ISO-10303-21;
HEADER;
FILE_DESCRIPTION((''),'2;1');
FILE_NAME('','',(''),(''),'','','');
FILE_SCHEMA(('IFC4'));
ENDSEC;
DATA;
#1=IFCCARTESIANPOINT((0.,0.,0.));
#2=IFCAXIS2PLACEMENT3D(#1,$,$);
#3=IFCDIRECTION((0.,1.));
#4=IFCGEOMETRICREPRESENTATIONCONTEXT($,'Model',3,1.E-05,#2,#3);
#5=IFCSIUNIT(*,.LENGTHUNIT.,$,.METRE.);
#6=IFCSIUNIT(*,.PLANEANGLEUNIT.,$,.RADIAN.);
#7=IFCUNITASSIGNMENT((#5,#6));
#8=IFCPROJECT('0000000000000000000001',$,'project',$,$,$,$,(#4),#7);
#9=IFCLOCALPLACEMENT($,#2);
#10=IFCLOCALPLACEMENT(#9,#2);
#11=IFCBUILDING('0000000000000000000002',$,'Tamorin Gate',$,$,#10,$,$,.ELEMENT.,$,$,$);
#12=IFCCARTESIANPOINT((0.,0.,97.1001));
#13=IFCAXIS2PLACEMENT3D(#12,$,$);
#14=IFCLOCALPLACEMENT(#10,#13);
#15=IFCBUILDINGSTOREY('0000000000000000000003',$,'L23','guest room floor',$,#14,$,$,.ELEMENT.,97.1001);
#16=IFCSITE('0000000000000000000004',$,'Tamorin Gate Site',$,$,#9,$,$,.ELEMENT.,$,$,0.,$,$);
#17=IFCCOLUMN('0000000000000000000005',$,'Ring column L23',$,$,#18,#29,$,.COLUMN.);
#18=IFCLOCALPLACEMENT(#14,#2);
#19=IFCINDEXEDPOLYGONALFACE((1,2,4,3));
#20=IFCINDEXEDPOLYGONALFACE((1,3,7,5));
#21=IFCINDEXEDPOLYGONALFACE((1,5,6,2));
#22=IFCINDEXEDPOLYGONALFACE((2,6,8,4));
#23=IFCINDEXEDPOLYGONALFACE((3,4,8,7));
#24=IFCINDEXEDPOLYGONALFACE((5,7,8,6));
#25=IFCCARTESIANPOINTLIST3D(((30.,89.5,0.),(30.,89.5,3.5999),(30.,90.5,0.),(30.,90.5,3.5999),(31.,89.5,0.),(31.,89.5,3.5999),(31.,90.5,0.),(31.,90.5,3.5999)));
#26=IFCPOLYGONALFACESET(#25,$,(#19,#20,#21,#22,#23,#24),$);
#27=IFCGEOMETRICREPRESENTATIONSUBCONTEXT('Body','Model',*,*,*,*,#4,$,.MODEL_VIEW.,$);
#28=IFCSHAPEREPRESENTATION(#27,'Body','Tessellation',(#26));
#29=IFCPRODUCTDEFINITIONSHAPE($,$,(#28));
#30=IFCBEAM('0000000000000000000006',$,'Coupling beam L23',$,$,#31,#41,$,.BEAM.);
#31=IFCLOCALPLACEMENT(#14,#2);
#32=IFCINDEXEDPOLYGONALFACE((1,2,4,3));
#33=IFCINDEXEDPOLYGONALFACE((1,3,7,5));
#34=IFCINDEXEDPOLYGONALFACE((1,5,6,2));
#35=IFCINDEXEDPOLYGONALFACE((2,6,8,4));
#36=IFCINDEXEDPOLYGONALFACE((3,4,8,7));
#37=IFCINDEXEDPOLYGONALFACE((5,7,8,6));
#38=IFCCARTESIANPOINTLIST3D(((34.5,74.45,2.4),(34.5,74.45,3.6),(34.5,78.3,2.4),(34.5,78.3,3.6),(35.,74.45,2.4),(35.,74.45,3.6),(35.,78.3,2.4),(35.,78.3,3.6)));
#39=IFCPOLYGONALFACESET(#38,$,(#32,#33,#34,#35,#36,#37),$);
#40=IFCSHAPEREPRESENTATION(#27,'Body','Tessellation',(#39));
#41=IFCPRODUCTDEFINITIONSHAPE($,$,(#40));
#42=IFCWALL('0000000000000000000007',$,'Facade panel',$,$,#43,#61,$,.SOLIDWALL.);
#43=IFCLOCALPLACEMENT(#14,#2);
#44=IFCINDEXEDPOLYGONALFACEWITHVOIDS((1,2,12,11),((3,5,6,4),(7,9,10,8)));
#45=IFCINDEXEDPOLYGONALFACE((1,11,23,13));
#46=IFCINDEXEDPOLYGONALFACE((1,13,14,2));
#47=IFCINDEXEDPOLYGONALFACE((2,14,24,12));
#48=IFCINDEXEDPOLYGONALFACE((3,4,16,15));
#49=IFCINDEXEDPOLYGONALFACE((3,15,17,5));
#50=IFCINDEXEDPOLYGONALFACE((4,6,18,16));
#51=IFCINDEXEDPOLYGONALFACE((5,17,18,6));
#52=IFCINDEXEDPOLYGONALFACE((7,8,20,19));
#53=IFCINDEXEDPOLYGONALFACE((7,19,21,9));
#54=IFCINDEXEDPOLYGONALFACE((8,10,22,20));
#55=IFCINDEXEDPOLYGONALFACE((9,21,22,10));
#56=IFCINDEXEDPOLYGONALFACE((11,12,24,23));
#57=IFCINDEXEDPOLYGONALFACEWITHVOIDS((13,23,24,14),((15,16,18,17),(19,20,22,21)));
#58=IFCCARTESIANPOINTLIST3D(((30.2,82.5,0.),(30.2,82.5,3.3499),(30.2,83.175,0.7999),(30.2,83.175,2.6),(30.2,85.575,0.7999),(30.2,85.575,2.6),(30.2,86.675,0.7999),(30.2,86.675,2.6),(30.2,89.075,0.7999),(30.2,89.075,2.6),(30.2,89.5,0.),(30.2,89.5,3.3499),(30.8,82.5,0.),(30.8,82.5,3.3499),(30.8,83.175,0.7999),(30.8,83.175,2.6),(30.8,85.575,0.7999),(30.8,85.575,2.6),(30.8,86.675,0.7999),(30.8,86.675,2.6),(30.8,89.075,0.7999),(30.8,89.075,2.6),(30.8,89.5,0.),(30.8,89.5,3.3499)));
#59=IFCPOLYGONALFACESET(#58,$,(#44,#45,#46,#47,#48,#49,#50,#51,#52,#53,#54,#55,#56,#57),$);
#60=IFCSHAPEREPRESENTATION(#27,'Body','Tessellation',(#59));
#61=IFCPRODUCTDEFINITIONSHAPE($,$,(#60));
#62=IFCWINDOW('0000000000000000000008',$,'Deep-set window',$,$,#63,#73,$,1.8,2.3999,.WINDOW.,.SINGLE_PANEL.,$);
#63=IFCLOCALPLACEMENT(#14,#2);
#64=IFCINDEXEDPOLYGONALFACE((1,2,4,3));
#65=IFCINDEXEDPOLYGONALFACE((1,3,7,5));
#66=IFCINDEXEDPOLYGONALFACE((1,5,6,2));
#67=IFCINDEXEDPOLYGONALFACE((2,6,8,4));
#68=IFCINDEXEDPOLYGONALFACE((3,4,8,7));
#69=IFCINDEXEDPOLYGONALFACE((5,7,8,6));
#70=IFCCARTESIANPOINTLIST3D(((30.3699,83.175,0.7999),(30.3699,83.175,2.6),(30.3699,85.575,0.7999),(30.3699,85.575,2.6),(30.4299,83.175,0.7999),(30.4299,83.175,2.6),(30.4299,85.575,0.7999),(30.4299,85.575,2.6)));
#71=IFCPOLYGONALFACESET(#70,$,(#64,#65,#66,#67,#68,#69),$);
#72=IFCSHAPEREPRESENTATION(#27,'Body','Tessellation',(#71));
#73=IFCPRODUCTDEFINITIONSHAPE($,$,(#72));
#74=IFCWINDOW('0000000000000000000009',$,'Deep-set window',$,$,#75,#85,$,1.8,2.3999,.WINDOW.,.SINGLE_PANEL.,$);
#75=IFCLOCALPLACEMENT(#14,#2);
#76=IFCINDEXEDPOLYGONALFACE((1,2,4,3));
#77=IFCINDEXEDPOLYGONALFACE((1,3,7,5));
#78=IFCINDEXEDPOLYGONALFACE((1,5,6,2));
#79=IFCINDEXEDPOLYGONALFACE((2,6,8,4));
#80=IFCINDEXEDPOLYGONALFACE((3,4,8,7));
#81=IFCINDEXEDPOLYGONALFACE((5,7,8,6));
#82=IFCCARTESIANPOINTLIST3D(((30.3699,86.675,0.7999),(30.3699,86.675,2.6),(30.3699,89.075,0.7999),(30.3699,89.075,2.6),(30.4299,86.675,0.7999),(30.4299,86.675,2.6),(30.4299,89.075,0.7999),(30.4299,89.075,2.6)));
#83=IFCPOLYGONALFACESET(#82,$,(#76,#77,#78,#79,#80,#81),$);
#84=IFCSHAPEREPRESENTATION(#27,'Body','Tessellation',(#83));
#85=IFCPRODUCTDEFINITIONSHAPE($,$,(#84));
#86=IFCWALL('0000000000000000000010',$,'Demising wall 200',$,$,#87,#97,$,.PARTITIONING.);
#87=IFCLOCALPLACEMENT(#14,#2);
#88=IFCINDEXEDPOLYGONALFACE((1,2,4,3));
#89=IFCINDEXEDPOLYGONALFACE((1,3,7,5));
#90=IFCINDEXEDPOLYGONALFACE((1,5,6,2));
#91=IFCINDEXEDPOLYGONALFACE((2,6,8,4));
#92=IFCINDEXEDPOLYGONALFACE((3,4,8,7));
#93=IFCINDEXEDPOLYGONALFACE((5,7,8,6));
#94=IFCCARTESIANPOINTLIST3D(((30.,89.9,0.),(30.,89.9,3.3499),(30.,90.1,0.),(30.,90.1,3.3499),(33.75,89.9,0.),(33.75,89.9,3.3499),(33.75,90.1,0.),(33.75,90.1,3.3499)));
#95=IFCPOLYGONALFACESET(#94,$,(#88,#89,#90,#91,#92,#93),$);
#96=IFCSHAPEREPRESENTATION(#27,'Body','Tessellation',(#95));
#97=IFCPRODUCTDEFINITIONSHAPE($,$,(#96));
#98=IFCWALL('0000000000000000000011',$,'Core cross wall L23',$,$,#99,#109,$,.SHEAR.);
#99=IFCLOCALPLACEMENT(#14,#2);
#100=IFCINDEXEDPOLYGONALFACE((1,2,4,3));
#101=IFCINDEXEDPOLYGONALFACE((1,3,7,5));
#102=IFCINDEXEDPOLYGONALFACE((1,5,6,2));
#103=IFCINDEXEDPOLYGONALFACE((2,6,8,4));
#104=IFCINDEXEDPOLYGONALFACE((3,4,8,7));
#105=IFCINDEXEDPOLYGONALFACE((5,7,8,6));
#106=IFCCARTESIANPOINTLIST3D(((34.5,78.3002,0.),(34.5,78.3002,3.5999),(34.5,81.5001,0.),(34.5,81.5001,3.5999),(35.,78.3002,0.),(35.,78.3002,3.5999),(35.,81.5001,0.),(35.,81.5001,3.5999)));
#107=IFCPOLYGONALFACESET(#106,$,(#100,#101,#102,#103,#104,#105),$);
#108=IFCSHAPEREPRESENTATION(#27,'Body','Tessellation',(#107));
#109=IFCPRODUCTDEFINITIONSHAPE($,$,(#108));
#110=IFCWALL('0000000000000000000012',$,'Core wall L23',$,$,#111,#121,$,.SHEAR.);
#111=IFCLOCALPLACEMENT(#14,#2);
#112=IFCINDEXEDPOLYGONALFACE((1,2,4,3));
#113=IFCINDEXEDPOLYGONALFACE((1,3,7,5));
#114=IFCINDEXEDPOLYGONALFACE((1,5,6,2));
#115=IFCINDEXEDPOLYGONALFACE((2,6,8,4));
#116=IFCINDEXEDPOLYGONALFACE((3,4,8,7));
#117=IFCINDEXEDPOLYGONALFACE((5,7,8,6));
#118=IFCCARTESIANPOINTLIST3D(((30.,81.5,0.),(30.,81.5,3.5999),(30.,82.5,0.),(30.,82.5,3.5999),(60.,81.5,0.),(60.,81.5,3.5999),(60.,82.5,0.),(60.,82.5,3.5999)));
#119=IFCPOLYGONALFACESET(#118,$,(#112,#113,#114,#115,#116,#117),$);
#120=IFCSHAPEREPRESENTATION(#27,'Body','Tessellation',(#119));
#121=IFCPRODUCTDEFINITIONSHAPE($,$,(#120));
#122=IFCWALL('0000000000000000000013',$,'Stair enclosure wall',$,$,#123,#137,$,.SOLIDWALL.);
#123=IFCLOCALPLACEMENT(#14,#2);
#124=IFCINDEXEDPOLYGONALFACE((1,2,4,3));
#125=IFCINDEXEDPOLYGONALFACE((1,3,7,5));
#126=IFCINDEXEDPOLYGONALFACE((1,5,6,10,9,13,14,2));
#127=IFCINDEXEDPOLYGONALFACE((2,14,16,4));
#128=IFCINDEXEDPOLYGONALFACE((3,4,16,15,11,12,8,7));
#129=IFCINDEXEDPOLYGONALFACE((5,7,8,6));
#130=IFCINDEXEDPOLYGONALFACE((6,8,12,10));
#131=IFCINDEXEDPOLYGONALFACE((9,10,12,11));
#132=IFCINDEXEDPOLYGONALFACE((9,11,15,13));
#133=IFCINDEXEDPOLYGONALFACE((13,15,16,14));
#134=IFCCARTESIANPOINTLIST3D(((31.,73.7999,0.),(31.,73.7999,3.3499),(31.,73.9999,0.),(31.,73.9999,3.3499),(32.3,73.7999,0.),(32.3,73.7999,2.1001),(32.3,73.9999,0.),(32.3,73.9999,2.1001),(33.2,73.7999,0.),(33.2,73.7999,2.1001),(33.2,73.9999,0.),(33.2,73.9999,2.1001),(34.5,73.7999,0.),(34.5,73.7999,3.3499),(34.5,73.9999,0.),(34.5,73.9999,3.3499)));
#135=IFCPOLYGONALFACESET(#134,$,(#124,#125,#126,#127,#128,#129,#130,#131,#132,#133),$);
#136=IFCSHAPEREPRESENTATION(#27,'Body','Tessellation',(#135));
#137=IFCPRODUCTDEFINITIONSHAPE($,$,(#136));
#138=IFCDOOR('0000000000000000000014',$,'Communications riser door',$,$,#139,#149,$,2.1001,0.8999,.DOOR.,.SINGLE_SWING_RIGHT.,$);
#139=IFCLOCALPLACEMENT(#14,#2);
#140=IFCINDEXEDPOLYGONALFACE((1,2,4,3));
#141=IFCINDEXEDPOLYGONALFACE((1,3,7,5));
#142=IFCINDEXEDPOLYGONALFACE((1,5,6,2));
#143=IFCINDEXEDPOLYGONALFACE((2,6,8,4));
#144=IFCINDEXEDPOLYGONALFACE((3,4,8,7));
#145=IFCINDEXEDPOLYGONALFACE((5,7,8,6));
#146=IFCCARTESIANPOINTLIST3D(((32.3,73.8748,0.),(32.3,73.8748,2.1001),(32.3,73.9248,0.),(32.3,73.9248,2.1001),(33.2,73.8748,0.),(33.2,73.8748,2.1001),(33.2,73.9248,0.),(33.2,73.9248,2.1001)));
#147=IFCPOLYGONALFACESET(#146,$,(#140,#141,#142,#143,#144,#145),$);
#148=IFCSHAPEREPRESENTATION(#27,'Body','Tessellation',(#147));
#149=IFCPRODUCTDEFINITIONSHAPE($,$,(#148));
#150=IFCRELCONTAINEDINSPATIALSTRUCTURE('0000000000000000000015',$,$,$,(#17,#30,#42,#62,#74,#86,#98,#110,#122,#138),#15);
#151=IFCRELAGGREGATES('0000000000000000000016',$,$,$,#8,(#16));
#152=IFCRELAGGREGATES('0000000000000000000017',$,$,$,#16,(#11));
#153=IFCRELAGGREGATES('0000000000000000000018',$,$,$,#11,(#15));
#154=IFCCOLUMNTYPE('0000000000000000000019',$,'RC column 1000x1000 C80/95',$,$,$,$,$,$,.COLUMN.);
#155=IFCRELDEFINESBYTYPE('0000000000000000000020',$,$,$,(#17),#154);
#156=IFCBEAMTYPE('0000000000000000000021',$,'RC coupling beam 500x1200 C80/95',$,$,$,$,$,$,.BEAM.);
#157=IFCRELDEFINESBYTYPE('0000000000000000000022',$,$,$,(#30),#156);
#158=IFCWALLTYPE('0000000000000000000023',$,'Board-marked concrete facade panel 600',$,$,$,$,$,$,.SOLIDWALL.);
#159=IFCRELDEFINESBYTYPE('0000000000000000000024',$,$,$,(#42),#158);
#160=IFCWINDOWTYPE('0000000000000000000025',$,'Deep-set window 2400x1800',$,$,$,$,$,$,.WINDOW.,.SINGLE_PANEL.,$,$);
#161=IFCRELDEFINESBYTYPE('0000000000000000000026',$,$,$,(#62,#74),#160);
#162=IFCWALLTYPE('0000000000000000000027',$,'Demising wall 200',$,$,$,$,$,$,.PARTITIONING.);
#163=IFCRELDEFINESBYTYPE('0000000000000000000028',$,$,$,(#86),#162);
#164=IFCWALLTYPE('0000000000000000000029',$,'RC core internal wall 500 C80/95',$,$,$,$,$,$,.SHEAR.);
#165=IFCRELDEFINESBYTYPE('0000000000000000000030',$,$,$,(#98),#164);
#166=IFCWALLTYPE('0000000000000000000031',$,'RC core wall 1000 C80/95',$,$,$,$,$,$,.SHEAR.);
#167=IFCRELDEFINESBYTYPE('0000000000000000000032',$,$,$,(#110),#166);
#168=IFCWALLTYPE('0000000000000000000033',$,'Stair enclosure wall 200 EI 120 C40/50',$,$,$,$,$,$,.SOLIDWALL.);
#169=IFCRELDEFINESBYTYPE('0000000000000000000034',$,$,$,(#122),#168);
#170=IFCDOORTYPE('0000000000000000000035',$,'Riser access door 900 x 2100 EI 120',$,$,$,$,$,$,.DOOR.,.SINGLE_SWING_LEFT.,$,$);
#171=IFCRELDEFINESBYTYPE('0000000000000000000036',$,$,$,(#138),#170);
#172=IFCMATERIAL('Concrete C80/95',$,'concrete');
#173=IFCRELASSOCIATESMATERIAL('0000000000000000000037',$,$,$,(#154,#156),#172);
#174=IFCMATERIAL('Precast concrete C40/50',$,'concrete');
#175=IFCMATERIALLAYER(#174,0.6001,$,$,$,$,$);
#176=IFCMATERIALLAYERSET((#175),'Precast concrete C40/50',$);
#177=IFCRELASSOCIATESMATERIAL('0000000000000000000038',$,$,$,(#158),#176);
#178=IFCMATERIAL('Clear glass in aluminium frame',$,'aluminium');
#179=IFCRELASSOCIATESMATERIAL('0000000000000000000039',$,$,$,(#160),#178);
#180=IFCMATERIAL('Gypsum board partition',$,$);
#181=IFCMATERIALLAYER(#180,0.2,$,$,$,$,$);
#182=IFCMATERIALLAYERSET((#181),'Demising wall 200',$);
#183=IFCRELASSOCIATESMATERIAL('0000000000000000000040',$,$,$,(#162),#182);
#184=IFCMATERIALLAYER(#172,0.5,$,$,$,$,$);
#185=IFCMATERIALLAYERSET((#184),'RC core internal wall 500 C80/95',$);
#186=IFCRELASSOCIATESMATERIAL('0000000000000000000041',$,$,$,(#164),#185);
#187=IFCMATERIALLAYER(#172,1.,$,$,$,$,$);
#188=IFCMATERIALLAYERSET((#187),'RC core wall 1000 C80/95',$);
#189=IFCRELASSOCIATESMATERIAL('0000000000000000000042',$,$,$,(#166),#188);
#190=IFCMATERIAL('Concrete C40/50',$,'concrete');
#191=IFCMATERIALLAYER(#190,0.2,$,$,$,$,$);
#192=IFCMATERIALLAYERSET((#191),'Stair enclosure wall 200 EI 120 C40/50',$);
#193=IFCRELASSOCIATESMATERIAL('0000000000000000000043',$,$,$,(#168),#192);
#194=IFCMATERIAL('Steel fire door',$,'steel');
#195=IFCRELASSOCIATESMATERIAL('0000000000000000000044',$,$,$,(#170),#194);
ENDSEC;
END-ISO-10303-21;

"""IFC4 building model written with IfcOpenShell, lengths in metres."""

from ifc_helpers import new_model, si_unit, direction, frame, frame_2d, origin, origin_2d, place, context, subcontext, project, spatial, rectangle, extrude, material, layer, layer_set, material_profile, profile_set, type_object, element, fill, save


model = new_model("IFC4")

# Units and contexts
model_context = context("Model", 3, precision=1e-05, world=origin(), true_north=direction((0.0, 1.0)))
body_context = subcontext(model_context, "Body", "Model", "MODEL_VIEW")
ifc_project = project(units=[si_unit("LENGTHUNIT", "METRE"), si_unit("PLANEANGLEUNIT", "RADIAN")], contexts=[model_context])

# Site, building, storey
site_placement = place(None, origin())
site = spatial("IfcSite", under=ifc_project, at=site_placement, Name="Tamorin Gate Site", CompositionType="ELEMENT", RefElevation=0.0)
building_placement = place(site_placement, origin())
building = spatial("IfcBuilding", under=site, at=building_placement, Name="Tamorin Gate", CompositionType="ELEMENT")
storey_placement = place(building_placement, frame((0.0, 0.0, 97.1001)))
storey = spatial("IfcBuildingStorey", under=building, at=storey_placement, Name="L23", Description="guest room floor", CompositionType="ELEMENT", Elevation=97.1001)

# Column
ifc_material_1 = material(Name="Concrete C80/95", Category="concrete")
ifc_material_profile_1 = material_profile(ifc_material_1, rectangle(XDim=1.0, YDim=1.0, at=origin_2d()), Name="RC 1000x1000")
ifc_profile_set_1 = profile_set([ifc_material_profile_1], Name="Concrete C80/95")
column_type = type_object("IfcColumnType", Name="RC column 1000x1000 C80/95", PredefinedType="COLUMN", material=ifc_profile_set_1)
column_placement = place(storey_placement, frame((30.5, 90.0, 0.0), z_axis=(0.0, 0.0, 1.0), x_axis=(1.0, 0.0, 0.0)))
element("IfcColumn", 1, at=column_placement, inside=storey, type_object=column_type, Name="Ring column L23", PredefinedType="COLUMN", context=body_context, shape_type="SweptSolid", body=[
    extrude(rectangle(XDim=1.0, YDim=1.0, at=origin_2d()), origin(), (0.0, 0.0, 1.0), 3.5999),
])

# Beam
ifc_material_profile_2 = material_profile(ifc_material_1, rectangle(XDim=0.5, YDim=1.2, at=origin_2d()), Name="RC 500x1200")
ifc_profile_set_2 = profile_set([ifc_material_profile_2], Name="Concrete C80/95")
beam_type = type_object("IfcBeamType", Name="RC coupling beam 500x1200 C80/95", PredefinedType="BEAM", material=ifc_profile_set_2)
beam_placement = place(storey_placement, frame((34.75, 74.45, 3.0), z_axis=(0.0, 1.0, 0.0), x_axis=(-1.0, 0.0, 0.0)))
element("IfcBeam", 2, at=beam_placement, inside=storey, type_object=beam_type, Name="Coupling beam L23", PredefinedType="BEAM", context=body_context, shape_type="SweptSolid", body=[
    extrude(rectangle(XDim=0.5, YDim=1.2, at=origin_2d()), origin(), (0.0, 0.0, 1.0), 3.8501),
])

# Wall, openings, windows
ifc_material_2 = material(Name="Precast concrete C40/50", Category="concrete")
ifc_layer_1 = layer(ifc_material_2, 0.6001)
ifc_layer_set_1 = layer_set([ifc_layer_1], Name="Precast concrete C40/50")
wall_type_1 = type_object("IfcWallType", Name="Board-marked concrete facade panel 600", PredefinedType="SOLIDWALL", material=ifc_layer_set_1)
wall_1_placement = place(storey_placement, frame((30.5, 89.5, 0.0), z_axis=(0.0, 0.0, 1.0), x_axis=(0.0, -1.0, 0.0)))
wall_1 = element("IfcWall", 3, at=wall_1_placement, inside=storey, type_object=wall_type_1, Name="Facade panel", PredefinedType="SOLIDWALL", context=body_context, shape_type="SweptSolid", body=[
    extrude(rectangle(XDim=7.0, YDim=0.6001, at=frame_2d((3.5, 0.0))), origin(), (0.0, 0.0, 1.0), 3.3499),
])
opening_1_placement = place(wall_1_placement, frame((3.925, 0.0, 0.8)))
opening_1 = element("IfcOpeningElement", 4, at=opening_1_placement, cuts=wall_1, PredefinedType="OPENING", context=body_context, shape_type="SweptSolid", body=[
    extrude(rectangle(XDim=2.3999, YDim=1.8, at=frame_2d((1.2, 0.8999))), frame((0.0, 0.3101, 0.0), z_axis=(0.0, -1.0, 0.0), x_axis=(1.0, 0.0, 0.0)), (0.0, 0.0, 1.0), 0.6201),
])
opening_2_placement = place(wall_1_placement, frame((0.425, 0.0, 0.8)))
opening_2 = element("IfcOpeningElement", 5, at=opening_2_placement, cuts=wall_1, PredefinedType="OPENING", context=body_context, shape_type="SweptSolid", body=[
    extrude(rectangle(XDim=2.3999, YDim=1.8, at=frame_2d((1.2, 0.8999))), frame((0.0, 0.3101, 0.0), z_axis=(0.0, -1.0, 0.0), x_axis=(1.0, 0.0, 0.0)), (0.0, 0.0, 1.0), 0.6201),
])
ifc_material_3 = material(Name="Clear glass in aluminium frame", Category="aluminium")
window_type = type_object("IfcWindowType", Name="Deep-set window 2400x1800", PartitioningType="SINGLE_PANEL", PredefinedType="WINDOW", material=ifc_material_3)
window_1_placement = place(opening_1_placement, origin())
window_1 = element("IfcWindow", 6, at=window_1_placement, inside=storey, type_object=window_type, Name="Deep-set window", OverallHeight=1.8, OverallWidth=2.3999, PartitioningType="SINGLE_PANEL", PredefinedType="WINDOW", context=body_context, shape_type="SweptSolid", body=[
    extrude(rectangle(XDim=2.3999, YDim=1.8, at=frame_2d((1.2, 0.8999))), frame((0.0, -0.0701, 0.0), z_axis=(0.0, -1.0, 0.0), x_axis=(1.0, 0.0, 0.0)), (0.0, 0.0, 1.0), 0.0601),
])
fill(opening_1, window_1)
window_2_placement = place(opening_2_placement, origin())
window_2 = element("IfcWindow", 7, at=window_2_placement, inside=storey, type_object=window_type, Name="Deep-set window", OverallHeight=1.8, OverallWidth=2.3999, PartitioningType="SINGLE_PANEL", PredefinedType="WINDOW", context=body_context, shape_type="SweptSolid", body=[
    extrude(rectangle(XDim=2.3999, YDim=1.8, at=frame_2d((1.2, 0.8999))), frame((0.0, -0.0701, 0.0), z_axis=(0.0, -1.0, 0.0), x_axis=(1.0, 0.0, 0.0)), (0.0, 0.0, 1.0), 0.0601),
])
fill(opening_2, window_2)

# Walls
ifc_material_4 = material(Name="Gypsum board partition")
ifc_layer_2 = layer(ifc_material_4, 0.2)
ifc_layer_set_2 = layer_set([ifc_layer_2], Name="Demising wall 200")
wall_type_2 = type_object("IfcWallType", Name="Demising wall 200", PredefinedType="PARTITIONING", material=ifc_layer_set_2)
wall_2_placement = place(storey_placement, frame((30.0, 90.0, 0.0), z_axis=(0.0, 0.0, 1.0), x_axis=(1.0, 0.0, 0.0)))
element("IfcWall", 8, at=wall_2_placement, inside=storey, type_object=wall_type_2, Name="Demising wall 200", PredefinedType="PARTITIONING", context=body_context, shape_type="SweptSolid", body=[
    extrude(rectangle(XDim=3.75, YDim=0.2, at=frame_2d((1.875, 0.0))), origin(), (0.0, 0.0, 1.0), 3.3499),
])
ifc_layer_3 = layer(ifc_material_1, 0.5)
ifc_layer_set_3 = layer_set([ifc_layer_3], Name="RC core internal wall 500 C80/95")
wall_type_3 = type_object("IfcWallType", Name="RC core internal wall 500 C80/95", PredefinedType="SHEAR", material=ifc_layer_set_3)
wall_3_placement = place(storey_placement, frame((34.75, 78.3, 0.0), z_axis=(0.0, 0.0, 1.0), x_axis=(0.0, 1.0, 0.0)))
element("IfcWall", 9, at=wall_3_placement, inside=storey, type_object=wall_type_3, Name="Core cross wall L23", PredefinedType="SHEAR", context=body_context, shape_type="SweptSolid", body=[
    extrude(rectangle(XDim=3.2, YDim=0.5, at=frame_2d((1.6001, 0.0))), origin(), (0.0, 0.0, 1.0), 3.5999),
])
ifc_layer_4 = layer(ifc_material_1, 1.0)
ifc_layer_set_4 = layer_set([ifc_layer_4], Name="RC core wall 1000 C80/95")
wall_type_4 = type_object("IfcWallType", Name="RC core wall 1000 C80/95", PredefinedType="SHEAR", material=ifc_layer_set_4)
wall_4_placement = place(storey_placement, frame((30.0, 82.0, 0.0), z_axis=(0.0, 0.0, 1.0), x_axis=(1.0, 0.0, 0.0)))
element("IfcWall", 10, at=wall_4_placement, inside=storey, type_object=wall_type_4, Name="Core wall L23", PredefinedType="SHEAR", context=body_context, shape_type="SweptSolid", body=[
    extrude(rectangle(XDim=30.0, YDim=1.0, at=frame_2d((15.0, 0.0))), origin(), (0.0, 0.0, 1.0), 3.5999),
])

# Wall, opening, door
ifc_material_5 = material(Name="Concrete C40/50", Category="concrete")
ifc_layer_5 = layer(ifc_material_5, 0.2)
ifc_layer_set_5 = layer_set([ifc_layer_5], Name="Stair enclosure wall 200 EI 120 C40/50")
wall_type_5 = type_object("IfcWallType", Name="Stair enclosure wall 200 EI 120 C40/50", PredefinedType="SOLIDWALL", material=ifc_layer_set_5)
wall_5_placement = place(storey_placement, frame((31.0, 73.8999, 0.0), z_axis=(0.0, 0.0, 1.0), x_axis=(1.0, 0.0, 0.0)))
wall_5 = element("IfcWall", 11, at=wall_5_placement, inside=storey, type_object=wall_type_5, Name="Stair enclosure wall", PredefinedType="SOLIDWALL", context=body_context, shape_type="SweptSolid", body=[
    extrude(rectangle(XDim=3.5, YDim=0.2, at=frame_2d((1.75, 0.0))), origin(), (0.0, 0.0, 1.0), 3.3499),
])
opening_3_placement = place(wall_5_placement, frame((1.3, 0.0, 0.0)))
opening_3 = element("IfcOpeningElement", 12, at=opening_3_placement, cuts=wall_5, PredefinedType="OPENING", context=body_context, shape_type="SweptSolid", body=[
    extrude(rectangle(XDim=0.8999, YDim=2.1001, at=frame_2d((0.45, 1.05))), frame((0.0, 0.1099, 0.0), z_axis=(0.0, -1.0, 0.0), x_axis=(1.0, 0.0, 0.0)), (0.0, 0.0, 1.0), 0.22),
])
ifc_material_6 = material(Name="Steel fire door", Category="steel")
door_type_1 = type_object("IfcDoorType", Name="Riser access door 900 x 2100 EI 120", OperationType="SINGLE_SWING_LEFT", PredefinedType="DOOR", material=ifc_material_6)
door_1_placement = place(opening_3_placement, origin())
door_1 = element("IfcDoor", 13, at=door_1_placement, inside=storey, type_object=door_type_1, Name="Communications riser door", OperationType="SINGLE_SWING_RIGHT", OverallHeight=2.1001, OverallWidth=0.8999, PredefinedType="DOOR", context=body_context, shape_type="SweptSolid", body=[
    extrude(rectangle(XDim=0.8999, YDim=2.1001, at=frame_2d((0.45, 1.05))), frame((0.0, 0.0249, 0.0), z_axis=(0.0, -1.0, 0.0), x_axis=(1.0, 0.0, 0.0)), (0.0, 0.0, 1.0), 0.05),
])
fill(opening_3, door_1)

save(model, "model.ifc")
